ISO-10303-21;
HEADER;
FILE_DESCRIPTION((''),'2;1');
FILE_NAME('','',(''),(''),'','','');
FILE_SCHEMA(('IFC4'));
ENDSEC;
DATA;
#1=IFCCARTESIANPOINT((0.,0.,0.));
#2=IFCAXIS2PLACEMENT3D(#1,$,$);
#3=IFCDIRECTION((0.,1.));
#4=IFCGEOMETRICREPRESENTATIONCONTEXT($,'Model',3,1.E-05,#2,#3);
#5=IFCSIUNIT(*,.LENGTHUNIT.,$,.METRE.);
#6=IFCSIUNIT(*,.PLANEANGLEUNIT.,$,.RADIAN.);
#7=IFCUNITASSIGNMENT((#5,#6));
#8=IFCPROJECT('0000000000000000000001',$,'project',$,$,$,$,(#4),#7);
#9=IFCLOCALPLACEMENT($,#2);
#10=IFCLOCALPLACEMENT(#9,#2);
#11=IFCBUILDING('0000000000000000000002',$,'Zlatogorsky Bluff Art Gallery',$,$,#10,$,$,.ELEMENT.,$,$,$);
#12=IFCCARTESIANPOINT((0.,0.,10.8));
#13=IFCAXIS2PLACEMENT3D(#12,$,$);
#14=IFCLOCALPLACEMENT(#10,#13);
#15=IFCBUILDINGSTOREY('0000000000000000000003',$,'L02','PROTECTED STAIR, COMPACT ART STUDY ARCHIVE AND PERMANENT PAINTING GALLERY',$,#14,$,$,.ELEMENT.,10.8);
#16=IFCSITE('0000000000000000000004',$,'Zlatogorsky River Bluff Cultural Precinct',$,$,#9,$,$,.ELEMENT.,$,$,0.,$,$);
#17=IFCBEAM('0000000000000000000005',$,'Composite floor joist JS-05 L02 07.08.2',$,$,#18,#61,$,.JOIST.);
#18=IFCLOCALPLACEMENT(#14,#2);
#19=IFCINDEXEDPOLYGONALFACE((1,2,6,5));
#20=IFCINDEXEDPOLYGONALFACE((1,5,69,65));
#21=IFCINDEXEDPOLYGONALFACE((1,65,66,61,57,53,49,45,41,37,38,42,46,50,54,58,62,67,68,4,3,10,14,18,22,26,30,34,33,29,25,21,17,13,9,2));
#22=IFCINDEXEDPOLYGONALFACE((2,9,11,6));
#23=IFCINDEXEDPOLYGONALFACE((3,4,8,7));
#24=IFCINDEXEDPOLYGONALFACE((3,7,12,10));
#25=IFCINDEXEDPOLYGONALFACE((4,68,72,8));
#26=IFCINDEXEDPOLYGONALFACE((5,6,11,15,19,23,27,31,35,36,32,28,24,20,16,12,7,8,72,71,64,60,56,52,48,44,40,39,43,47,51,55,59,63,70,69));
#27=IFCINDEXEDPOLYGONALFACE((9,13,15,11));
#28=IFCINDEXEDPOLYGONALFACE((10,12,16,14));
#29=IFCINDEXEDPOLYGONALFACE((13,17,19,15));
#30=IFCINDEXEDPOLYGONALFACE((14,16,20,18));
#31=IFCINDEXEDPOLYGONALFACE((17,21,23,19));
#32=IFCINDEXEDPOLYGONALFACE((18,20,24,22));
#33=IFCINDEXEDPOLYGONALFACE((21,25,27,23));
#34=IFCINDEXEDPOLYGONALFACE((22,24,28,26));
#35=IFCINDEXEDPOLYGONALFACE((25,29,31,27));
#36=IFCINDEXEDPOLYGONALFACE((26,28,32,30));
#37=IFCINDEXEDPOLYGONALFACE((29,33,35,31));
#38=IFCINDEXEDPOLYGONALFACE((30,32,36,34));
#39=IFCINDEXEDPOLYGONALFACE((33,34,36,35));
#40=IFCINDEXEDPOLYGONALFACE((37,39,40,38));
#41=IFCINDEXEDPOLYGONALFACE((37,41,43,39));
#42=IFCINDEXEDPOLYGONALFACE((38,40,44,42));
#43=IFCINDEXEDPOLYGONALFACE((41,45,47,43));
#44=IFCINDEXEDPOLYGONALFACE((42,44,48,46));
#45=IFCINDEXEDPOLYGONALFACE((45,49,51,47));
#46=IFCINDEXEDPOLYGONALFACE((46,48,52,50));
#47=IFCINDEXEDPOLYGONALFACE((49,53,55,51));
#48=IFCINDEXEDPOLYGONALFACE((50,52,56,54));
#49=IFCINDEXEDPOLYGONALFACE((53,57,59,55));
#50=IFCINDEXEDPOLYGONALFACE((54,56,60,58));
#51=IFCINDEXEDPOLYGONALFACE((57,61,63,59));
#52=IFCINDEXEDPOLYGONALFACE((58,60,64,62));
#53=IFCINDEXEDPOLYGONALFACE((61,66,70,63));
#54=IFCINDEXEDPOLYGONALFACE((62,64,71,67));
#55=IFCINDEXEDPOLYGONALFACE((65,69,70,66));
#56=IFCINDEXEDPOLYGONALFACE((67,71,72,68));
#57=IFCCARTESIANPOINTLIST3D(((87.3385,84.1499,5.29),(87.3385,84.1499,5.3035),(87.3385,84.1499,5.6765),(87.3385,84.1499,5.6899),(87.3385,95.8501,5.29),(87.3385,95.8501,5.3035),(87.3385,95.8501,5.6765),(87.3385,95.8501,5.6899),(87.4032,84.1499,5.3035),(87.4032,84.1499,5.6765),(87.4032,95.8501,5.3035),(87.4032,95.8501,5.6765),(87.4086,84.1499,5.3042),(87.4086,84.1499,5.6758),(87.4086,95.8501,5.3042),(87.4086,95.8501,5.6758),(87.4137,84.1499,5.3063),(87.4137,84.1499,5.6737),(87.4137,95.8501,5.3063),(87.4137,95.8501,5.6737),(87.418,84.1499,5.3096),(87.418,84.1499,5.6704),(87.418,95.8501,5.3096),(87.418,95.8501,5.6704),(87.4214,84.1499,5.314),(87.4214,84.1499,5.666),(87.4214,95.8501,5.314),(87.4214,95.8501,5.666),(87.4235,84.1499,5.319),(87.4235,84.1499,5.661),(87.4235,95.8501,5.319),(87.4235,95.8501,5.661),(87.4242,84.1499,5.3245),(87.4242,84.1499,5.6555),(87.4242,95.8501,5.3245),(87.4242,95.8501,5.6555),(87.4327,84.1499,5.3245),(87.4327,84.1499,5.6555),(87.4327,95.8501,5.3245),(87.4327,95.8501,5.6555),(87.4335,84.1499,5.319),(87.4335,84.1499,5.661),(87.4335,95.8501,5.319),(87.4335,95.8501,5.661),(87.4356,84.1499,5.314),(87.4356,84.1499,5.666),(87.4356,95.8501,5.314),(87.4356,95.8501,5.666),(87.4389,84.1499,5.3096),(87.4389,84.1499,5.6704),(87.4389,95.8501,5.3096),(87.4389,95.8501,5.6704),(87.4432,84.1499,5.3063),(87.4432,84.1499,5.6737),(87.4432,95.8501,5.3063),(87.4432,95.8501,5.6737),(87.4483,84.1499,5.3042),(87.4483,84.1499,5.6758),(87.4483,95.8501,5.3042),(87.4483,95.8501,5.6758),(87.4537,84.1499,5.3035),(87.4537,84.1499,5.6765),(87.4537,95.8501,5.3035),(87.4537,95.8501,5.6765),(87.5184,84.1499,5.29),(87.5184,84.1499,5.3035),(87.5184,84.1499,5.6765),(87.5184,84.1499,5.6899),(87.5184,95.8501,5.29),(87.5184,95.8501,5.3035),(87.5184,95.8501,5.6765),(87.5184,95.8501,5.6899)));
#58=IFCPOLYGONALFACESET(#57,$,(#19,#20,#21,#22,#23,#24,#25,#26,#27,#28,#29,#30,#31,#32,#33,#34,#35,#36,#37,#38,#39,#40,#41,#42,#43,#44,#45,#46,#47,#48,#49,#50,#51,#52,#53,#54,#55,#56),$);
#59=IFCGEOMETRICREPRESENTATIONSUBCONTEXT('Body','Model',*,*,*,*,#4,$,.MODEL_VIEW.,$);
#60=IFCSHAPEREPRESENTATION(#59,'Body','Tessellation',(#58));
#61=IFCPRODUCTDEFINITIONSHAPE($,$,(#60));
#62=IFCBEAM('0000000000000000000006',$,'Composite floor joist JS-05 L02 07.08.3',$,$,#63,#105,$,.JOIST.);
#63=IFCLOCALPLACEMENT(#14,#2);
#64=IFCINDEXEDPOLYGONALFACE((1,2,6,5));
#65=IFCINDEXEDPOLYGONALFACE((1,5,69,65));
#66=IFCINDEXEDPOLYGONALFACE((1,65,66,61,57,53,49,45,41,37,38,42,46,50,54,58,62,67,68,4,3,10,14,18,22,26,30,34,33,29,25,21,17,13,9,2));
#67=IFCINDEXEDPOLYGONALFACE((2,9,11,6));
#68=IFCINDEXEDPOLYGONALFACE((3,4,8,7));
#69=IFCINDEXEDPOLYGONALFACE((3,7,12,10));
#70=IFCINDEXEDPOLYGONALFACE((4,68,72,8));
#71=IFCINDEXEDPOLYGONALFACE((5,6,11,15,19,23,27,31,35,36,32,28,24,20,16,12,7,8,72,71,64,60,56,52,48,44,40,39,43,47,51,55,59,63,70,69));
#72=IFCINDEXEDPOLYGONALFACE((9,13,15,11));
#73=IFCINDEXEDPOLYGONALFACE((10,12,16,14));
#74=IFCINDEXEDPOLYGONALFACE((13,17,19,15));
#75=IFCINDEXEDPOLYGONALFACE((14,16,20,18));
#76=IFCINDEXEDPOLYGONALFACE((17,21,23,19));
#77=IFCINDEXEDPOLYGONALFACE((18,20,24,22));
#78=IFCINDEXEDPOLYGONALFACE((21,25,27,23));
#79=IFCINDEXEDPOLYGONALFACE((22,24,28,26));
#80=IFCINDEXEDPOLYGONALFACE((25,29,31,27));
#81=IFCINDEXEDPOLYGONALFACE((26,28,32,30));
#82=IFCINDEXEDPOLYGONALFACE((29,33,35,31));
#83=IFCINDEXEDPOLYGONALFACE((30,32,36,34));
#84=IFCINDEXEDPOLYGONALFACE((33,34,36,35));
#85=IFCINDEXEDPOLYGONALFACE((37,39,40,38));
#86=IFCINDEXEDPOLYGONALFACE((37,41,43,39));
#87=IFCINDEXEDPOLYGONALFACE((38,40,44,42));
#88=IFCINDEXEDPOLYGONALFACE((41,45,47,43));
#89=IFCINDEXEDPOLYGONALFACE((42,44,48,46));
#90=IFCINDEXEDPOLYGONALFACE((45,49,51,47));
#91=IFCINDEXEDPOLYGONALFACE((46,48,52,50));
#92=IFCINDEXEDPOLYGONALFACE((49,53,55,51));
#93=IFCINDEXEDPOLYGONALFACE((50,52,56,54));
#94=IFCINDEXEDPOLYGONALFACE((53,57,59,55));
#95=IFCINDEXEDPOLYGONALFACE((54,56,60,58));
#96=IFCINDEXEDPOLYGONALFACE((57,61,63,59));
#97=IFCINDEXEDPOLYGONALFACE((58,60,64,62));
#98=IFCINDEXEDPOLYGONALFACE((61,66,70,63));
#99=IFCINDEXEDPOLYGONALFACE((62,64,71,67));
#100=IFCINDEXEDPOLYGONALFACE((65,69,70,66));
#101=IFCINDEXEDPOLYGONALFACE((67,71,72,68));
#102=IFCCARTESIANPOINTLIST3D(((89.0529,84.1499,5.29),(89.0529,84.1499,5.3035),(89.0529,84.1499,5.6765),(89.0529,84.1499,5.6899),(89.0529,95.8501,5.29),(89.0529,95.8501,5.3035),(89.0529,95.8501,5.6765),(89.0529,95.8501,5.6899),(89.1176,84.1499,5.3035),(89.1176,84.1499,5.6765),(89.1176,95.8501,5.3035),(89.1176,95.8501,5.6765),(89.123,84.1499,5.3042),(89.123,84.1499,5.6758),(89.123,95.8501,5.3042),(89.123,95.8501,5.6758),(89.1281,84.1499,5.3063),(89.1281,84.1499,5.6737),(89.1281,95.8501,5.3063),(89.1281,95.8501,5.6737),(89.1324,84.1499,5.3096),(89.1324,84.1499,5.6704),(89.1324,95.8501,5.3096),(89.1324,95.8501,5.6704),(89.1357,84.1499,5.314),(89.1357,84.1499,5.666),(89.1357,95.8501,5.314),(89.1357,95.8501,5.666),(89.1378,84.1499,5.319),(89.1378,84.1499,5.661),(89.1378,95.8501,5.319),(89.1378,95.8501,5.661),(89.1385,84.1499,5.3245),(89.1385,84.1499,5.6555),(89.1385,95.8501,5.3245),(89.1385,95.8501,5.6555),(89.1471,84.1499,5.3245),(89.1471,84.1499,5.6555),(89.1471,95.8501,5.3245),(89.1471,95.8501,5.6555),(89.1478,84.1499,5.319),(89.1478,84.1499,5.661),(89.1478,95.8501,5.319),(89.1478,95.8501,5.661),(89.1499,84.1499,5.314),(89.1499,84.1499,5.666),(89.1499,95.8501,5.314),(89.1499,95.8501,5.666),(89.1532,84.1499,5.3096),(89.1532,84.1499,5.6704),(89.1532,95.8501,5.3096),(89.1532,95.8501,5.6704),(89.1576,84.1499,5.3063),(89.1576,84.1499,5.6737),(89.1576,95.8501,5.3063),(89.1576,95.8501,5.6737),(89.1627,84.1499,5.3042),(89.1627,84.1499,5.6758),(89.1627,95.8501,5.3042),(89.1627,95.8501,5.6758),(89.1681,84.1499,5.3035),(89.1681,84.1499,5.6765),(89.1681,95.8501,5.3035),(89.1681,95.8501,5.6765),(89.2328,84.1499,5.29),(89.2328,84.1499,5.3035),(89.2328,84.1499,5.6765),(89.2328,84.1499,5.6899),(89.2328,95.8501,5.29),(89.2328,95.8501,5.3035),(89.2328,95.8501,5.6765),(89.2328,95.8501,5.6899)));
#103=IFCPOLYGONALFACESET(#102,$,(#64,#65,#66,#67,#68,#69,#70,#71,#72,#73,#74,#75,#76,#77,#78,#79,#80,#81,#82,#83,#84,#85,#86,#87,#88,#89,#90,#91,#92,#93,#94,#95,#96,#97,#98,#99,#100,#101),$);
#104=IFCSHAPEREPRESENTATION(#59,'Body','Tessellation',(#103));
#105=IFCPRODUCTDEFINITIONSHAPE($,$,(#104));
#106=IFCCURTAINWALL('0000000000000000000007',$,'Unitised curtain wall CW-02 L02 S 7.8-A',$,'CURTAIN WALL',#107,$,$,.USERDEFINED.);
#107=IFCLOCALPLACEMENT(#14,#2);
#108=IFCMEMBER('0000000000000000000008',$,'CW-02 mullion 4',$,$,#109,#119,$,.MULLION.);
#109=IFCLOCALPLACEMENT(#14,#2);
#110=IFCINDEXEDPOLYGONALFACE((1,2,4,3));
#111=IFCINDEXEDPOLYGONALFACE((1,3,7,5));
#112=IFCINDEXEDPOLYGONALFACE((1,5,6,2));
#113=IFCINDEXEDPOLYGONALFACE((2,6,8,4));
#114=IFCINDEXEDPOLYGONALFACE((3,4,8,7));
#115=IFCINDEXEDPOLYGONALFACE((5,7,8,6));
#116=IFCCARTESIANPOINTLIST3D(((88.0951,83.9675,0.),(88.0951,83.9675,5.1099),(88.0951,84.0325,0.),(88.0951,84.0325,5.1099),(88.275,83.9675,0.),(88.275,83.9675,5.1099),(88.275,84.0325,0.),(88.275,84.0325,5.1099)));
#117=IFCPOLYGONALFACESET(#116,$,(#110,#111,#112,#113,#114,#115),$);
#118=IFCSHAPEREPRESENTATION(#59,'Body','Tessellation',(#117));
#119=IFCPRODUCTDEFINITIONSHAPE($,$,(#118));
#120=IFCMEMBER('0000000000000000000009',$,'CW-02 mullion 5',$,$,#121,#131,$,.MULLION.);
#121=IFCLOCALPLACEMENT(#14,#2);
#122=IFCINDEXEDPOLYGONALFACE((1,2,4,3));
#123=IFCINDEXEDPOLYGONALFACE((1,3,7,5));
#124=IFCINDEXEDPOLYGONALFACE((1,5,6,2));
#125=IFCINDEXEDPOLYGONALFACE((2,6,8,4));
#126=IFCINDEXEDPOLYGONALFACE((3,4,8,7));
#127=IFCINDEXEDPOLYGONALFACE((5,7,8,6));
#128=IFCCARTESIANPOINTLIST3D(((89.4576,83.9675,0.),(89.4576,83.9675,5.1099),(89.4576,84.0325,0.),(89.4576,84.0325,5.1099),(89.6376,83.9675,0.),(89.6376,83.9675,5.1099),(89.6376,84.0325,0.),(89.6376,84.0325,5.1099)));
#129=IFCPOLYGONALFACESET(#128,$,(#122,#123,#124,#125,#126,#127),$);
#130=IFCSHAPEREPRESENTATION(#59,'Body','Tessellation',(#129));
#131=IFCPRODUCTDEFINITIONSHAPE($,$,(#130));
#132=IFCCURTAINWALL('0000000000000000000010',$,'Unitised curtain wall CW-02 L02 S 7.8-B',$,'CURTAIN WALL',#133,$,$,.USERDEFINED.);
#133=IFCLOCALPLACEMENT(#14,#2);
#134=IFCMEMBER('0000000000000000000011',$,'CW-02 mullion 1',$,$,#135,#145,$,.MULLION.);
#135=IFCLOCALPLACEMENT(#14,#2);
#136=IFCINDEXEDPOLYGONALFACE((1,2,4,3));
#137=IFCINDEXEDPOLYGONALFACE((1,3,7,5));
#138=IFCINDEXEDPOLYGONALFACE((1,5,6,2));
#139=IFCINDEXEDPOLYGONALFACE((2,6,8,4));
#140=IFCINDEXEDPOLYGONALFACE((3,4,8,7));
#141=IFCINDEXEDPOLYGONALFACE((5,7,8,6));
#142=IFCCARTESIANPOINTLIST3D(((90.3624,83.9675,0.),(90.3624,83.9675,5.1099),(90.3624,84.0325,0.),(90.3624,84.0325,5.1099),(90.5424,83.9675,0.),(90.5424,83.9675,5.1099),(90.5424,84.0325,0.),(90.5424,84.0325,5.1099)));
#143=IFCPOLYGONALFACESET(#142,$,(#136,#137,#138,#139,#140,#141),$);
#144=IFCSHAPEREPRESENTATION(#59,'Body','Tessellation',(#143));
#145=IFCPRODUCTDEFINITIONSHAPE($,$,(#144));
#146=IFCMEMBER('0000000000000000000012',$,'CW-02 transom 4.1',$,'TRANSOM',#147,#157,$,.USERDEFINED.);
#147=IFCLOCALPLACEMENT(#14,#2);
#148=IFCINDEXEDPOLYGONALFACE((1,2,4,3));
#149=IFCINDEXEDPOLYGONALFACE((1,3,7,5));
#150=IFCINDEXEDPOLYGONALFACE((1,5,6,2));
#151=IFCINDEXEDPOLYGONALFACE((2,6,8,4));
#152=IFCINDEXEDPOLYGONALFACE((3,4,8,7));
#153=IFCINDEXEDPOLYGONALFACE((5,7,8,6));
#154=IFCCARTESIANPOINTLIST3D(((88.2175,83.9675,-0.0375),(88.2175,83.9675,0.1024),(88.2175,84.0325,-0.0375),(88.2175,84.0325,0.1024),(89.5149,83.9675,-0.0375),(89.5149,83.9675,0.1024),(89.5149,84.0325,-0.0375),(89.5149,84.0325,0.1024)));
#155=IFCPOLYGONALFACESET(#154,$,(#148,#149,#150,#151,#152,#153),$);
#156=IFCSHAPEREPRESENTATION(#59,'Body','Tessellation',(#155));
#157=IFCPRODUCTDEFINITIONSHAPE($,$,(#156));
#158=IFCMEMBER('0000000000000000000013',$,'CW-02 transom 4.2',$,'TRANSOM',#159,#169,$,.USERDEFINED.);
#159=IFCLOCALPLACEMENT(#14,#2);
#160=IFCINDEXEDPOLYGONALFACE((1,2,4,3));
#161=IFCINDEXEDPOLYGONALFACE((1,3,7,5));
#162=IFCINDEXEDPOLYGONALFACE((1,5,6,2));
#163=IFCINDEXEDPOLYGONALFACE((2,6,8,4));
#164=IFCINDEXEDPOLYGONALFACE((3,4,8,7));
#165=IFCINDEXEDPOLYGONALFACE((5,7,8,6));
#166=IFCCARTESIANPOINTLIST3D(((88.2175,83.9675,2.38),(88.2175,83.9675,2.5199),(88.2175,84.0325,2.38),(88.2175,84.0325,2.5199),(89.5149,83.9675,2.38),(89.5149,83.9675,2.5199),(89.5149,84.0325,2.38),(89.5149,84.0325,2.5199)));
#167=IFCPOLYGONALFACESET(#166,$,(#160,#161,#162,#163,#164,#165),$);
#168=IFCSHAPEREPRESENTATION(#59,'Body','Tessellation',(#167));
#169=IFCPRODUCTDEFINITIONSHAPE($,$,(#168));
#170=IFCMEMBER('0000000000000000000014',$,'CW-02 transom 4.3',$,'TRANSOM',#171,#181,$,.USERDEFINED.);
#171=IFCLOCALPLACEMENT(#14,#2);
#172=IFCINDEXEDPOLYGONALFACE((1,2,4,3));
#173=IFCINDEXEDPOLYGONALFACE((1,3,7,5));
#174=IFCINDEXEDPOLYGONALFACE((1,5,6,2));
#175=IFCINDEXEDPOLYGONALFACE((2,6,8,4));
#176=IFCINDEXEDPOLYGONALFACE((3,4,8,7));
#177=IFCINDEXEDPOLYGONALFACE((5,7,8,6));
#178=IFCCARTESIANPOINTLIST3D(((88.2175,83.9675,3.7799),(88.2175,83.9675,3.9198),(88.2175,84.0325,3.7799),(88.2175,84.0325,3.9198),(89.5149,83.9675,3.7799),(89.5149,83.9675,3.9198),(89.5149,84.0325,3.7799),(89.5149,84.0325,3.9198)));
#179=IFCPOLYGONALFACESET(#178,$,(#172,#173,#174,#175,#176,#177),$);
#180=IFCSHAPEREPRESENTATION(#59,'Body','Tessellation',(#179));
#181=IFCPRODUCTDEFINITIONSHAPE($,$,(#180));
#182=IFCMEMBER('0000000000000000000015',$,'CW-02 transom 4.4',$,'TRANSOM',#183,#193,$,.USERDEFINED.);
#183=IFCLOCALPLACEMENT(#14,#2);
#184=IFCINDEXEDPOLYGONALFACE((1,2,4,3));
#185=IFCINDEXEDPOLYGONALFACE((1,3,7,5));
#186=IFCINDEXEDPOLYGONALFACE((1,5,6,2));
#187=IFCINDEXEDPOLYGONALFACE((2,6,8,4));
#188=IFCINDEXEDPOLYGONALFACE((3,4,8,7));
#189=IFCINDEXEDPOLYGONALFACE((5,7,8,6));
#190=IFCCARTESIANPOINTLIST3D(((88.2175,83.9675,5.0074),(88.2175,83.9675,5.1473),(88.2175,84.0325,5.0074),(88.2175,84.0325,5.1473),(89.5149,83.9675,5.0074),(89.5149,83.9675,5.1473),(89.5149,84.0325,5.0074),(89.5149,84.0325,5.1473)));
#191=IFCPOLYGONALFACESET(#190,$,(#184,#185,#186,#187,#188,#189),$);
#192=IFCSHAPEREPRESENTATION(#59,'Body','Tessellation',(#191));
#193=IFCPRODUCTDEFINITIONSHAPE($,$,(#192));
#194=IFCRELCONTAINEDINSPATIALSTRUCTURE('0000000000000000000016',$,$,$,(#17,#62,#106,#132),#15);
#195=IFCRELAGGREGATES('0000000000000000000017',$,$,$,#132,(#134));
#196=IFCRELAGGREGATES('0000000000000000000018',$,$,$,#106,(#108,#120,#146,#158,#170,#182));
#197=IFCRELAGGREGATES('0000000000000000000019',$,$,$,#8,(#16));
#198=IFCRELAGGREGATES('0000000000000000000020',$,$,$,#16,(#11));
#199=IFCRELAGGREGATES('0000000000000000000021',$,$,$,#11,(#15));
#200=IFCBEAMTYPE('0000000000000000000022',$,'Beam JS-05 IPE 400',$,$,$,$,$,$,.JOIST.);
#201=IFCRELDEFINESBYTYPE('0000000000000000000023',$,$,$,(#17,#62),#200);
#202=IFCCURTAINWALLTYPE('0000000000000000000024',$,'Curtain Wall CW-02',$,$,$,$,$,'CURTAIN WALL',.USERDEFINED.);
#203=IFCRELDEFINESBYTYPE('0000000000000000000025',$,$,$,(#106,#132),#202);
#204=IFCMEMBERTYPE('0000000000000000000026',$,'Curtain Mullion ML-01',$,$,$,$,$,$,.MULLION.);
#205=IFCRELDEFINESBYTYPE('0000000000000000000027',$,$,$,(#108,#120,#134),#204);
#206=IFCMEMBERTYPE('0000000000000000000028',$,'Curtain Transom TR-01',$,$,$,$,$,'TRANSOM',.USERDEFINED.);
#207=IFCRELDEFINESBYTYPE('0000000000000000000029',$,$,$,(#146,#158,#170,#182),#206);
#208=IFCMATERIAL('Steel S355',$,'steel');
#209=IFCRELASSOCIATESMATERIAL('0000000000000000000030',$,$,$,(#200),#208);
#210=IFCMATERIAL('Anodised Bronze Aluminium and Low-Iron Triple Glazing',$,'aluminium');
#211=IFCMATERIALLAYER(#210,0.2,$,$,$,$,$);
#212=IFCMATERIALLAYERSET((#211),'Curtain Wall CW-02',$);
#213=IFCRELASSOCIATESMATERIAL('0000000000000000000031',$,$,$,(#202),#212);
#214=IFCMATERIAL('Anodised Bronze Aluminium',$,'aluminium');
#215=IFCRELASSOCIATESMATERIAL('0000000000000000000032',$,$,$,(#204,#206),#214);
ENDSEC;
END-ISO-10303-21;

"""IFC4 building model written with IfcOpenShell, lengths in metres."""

from ifc_helpers import new_model, si_unit, direction, frame, origin, origin_2d, place, context, subcontext, project, spatial, rectangle, i_section, extrude, material, layer, layer_set, material_profile, profile_set, type_object, element, aggregate, save


model = new_model("IFC4")

# Units and contexts
model_context = context("Model", 3, precision=1e-05, world=origin(), true_north=direction((0.0, 1.0)))
body_context = subcontext(model_context, "Body", "Model", "MODEL_VIEW")
ifc_project = project(units=[si_unit("LENGTHUNIT", "METRE"), si_unit("PLANEANGLEUNIT", "RADIAN")], contexts=[model_context])

# Site, building, storey
site_placement = place(None, origin())
site = spatial("IfcSite", under=ifc_project, at=site_placement, Name="Zlatogorsky River Bluff Cultural Precinct", CompositionType="ELEMENT", RefElevation=0.0)
building_placement = place(site_placement, origin())
building = spatial("IfcBuilding", under=site, at=building_placement, Name="Zlatogorsky Bluff Art Gallery", CompositionType="ELEMENT")
storey_placement = place(building_placement, frame((0.0, 0.0, 10.8)))
storey = spatial("IfcBuildingStorey", under=building, at=storey_placement, Name="L02", Description="PROTECTED STAIR, COMPACT ART STUDY ARCHIVE AND PERMANENT PAINTING GALLERY", CompositionType="ELEMENT", Elevation=10.8)

# Beams
ifc_material_1 = material(Name="Steel S355", Category="steel")
ifc_material_profile_1 = material_profile(ifc_material_1, i_section(OverallWidth=0.1799, OverallDepth=0.3999, WebThickness=0.0085, FlangeThickness=0.0134, FilletRadius=0.021, at=origin_2d()), Name="IPE 400")
ifc_profile_set_1 = profile_set([ifc_material_profile_1], Name="Steel S355")
beam_type = type_object("IfcBeamType", Name="Beam JS-05 IPE 400", PredefinedType="JOIST", material=ifc_profile_set_1)
for number, where, z_axis, x_axis, name in (
    (1, (87.4285, 84.1499, 5.49), (0.0, 1.0, 0.0), (-1.0, 0.0, 0.0), "Composite floor joist JS-05 L02 07.08.2"),
    (2, (89.1428, 84.1499, 5.49), (0.0, 1.0, 0.0), (-1.0, 0.0, 0.0), "Composite floor joist JS-05 L02 07.08.3"),
):
    element("IfcBeam", number, at=place(storey_placement, frame(where, z_axis=z_axis, x_axis=x_axis)), inside=storey, type_object=beam_type, Name=name, PredefinedType="JOIST", context=body_context, shape_type="SweptSolid", body=[
        extrude(i_section(OverallWidth=0.1799, OverallDepth=0.3999, WebThickness=0.0085, FlangeThickness=0.0134, FilletRadius=0.021, at=origin_2d()), origin(), (0.0, 0.0, 1.0), 11.7002),
    ])

# Curtain wall, members
ifc_material_2 = material(Name="Anodised Bronze Aluminium and Low-Iron Triple Glazing", Category="aluminium")
ifc_layer_1 = layer(ifc_material_2, 0.2)
ifc_layer_set_1 = layer_set([ifc_layer_1], Name="Curtain Wall CW-02")
curtain_wall_type = type_object("IfcCurtainWallType", Name="Curtain Wall CW-02", ElementType="CURTAIN WALL", PredefinedType="USERDEFINED", material=ifc_layer_set_1)
curtain_wall_1_placement = place(storey_placement, origin())
curtain_wall_1 = element("IfcCurtainWall", 3, at=curtain_wall_1_placement, inside=storey, type_object=curtain_wall_type, Name="Unitised curtain wall CW-02 L02 S 7.8-A", ObjectType="CURTAIN WALL", PredefinedType="USERDEFINED")
ifc_material_3 = material(Name="Anodised Bronze Aluminium", Category="aluminium")
ifc_material_profile_2 = material_profile(ifc_material_3, rectangle(XDim=0.0649, YDim=0.1799, at=origin_2d()), Name="ALU MULLION 65x180")
ifc_profile_set_2 = profile_set([ifc_material_profile_2], Name="Anodised Bronze Aluminium")
member_type_1 = type_object("IfcMemberType", Name="Curtain Mullion ML-01", PredefinedType="MULLION", material=ifc_profile_set_2)
member_1_placement = place(storey_placement, frame((88.1851, 84.0, 0.0), z_axis=(0.0, 0.0, 1.0), x_axis=(0.0, 1.0, 0.0)))
member_1 = element("IfcMember", 4, at=member_1_placement, type_object=member_type_1, Name="CW-02 mullion 4", PredefinedType="MULLION", context=body_context, shape_type="SweptSolid", body=[
    extrude(rectangle(XDim=0.0649, YDim=0.1799, at=origin_2d()), origin(), (0.0, 0.0, 1.0), 5.1099),
])
member_2_placement = place(storey_placement, frame((89.5476, 84.0, 0.0), z_axis=(0.0, 0.0, 1.0), x_axis=(0.0, 1.0, 0.0)))
member_2 = element("IfcMember", 5, at=member_2_placement, type_object=member_type_1, Name="CW-02 mullion 5", PredefinedType="MULLION", context=body_context, shape_type="SweptSolid", body=[
    extrude(rectangle(XDim=0.0649, YDim=0.1799, at=origin_2d()), origin(), (0.0, 0.0, 1.0), 5.1099),
])

# Curtain wall, member
curtain_wall_2_placement = place(storey_placement, origin())
curtain_wall_2 = element("IfcCurtainWall", 6, at=curtain_wall_2_placement, inside=storey, type_object=curtain_wall_type, Name="Unitised curtain wall CW-02 L02 S 7.8-B", ObjectType="CURTAIN WALL", PredefinedType="USERDEFINED")
member_3_placement = place(storey_placement, frame((90.4524, 84.0, 0.0), z_axis=(0.0, 0.0, 1.0), x_axis=(0.0, 1.0, 0.0)))
member_3 = element("IfcMember", 7, at=member_3_placement, type_object=member_type_1, Name="CW-02 mullion 1", PredefinedType="MULLION", context=body_context, shape_type="SweptSolid", body=[
    extrude(rectangle(XDim=0.0649, YDim=0.1799, at=origin_2d()), origin(), (0.0, 0.0, 1.0), 5.1099),
])

# Members
ifc_material_profile_3 = material_profile(ifc_material_3, rectangle(XDim=0.0649, YDim=0.1399, at=origin_2d()), Name="ALU TRANSOM 65x140")
ifc_profile_set_3 = profile_set([ifc_material_profile_3], Name="Anodised Bronze Aluminium")
member_type_2 = type_object("IfcMemberType", Name="Curtain Transom TR-01", ElementType="TRANSOM", PredefinedType="USERDEFINED", material=ifc_profile_set_3)
member_4_placement = place(storey_placement, frame((88.2175, 84.0, 0.0325), z_axis=(1.0, 0.0, 0.0), x_axis=(0.0, 1.0, 0.0)))
member_4 = element("IfcMember", 8, at=member_4_placement, type_object=member_type_2, Name="CW-02 transom 4.1", ObjectType="TRANSOM", PredefinedType="USERDEFINED", context=body_context, shape_type="SweptSolid", body=[
    extrude(rectangle(XDim=0.0649, YDim=0.1399, at=origin_2d()), origin(), (0.0, 0.0, 1.0), 1.2974),
])
member_5_placement = place(storey_placement, frame((88.2175, 84.0, 2.45), z_axis=(1.0, 0.0, 0.0), x_axis=(0.0, 1.0, 0.0)))
member_5 = element("IfcMember", 9, at=member_5_placement, type_object=member_type_2, Name="CW-02 transom 4.2", ObjectType="TRANSOM", PredefinedType="USERDEFINED", context=body_context, shape_type="SweptSolid", body=[
    extrude(rectangle(XDim=0.0649, YDim=0.1399, at=origin_2d()), origin(), (0.0, 0.0, 1.0), 1.2974),
])
member_6_placement = place(storey_placement, frame((88.2175, 84.0, 3.8499), z_axis=(1.0, 0.0, 0.0), x_axis=(0.0, 1.0, 0.0)))
member_6 = element("IfcMember", 10, at=member_6_placement, type_object=member_type_2, Name="CW-02 transom 4.3", ObjectType="TRANSOM", PredefinedType="USERDEFINED", context=body_context, shape_type="SweptSolid", body=[
    extrude(rectangle(XDim=0.0649, YDim=0.1399, at=origin_2d()), origin(), (0.0, 0.0, 1.0), 1.2974),
])
member_7_placement = place(storey_placement, frame((88.2175, 84.0, 5.0774), z_axis=(1.0, 0.0, 0.0), x_axis=(0.0, 1.0, 0.0)))
member_7 = element("IfcMember", 11, at=member_7_placement, type_object=member_type_2, Name="CW-02 transom 4.4", ObjectType="TRANSOM", PredefinedType="USERDEFINED", context=body_context, shape_type="SweptSolid", body=[
    extrude(rectangle(XDim=0.0649, YDim=0.1399, at=origin_2d()), origin(), (0.0, 0.0, 1.0), 1.2974),
])
aggregate(curtain_wall_2, [member_3])

aggregate(curtain_wall_1, [member_1, member_2, member_4, member_5, member_6, member_7])

save(model, "model.ifc")
